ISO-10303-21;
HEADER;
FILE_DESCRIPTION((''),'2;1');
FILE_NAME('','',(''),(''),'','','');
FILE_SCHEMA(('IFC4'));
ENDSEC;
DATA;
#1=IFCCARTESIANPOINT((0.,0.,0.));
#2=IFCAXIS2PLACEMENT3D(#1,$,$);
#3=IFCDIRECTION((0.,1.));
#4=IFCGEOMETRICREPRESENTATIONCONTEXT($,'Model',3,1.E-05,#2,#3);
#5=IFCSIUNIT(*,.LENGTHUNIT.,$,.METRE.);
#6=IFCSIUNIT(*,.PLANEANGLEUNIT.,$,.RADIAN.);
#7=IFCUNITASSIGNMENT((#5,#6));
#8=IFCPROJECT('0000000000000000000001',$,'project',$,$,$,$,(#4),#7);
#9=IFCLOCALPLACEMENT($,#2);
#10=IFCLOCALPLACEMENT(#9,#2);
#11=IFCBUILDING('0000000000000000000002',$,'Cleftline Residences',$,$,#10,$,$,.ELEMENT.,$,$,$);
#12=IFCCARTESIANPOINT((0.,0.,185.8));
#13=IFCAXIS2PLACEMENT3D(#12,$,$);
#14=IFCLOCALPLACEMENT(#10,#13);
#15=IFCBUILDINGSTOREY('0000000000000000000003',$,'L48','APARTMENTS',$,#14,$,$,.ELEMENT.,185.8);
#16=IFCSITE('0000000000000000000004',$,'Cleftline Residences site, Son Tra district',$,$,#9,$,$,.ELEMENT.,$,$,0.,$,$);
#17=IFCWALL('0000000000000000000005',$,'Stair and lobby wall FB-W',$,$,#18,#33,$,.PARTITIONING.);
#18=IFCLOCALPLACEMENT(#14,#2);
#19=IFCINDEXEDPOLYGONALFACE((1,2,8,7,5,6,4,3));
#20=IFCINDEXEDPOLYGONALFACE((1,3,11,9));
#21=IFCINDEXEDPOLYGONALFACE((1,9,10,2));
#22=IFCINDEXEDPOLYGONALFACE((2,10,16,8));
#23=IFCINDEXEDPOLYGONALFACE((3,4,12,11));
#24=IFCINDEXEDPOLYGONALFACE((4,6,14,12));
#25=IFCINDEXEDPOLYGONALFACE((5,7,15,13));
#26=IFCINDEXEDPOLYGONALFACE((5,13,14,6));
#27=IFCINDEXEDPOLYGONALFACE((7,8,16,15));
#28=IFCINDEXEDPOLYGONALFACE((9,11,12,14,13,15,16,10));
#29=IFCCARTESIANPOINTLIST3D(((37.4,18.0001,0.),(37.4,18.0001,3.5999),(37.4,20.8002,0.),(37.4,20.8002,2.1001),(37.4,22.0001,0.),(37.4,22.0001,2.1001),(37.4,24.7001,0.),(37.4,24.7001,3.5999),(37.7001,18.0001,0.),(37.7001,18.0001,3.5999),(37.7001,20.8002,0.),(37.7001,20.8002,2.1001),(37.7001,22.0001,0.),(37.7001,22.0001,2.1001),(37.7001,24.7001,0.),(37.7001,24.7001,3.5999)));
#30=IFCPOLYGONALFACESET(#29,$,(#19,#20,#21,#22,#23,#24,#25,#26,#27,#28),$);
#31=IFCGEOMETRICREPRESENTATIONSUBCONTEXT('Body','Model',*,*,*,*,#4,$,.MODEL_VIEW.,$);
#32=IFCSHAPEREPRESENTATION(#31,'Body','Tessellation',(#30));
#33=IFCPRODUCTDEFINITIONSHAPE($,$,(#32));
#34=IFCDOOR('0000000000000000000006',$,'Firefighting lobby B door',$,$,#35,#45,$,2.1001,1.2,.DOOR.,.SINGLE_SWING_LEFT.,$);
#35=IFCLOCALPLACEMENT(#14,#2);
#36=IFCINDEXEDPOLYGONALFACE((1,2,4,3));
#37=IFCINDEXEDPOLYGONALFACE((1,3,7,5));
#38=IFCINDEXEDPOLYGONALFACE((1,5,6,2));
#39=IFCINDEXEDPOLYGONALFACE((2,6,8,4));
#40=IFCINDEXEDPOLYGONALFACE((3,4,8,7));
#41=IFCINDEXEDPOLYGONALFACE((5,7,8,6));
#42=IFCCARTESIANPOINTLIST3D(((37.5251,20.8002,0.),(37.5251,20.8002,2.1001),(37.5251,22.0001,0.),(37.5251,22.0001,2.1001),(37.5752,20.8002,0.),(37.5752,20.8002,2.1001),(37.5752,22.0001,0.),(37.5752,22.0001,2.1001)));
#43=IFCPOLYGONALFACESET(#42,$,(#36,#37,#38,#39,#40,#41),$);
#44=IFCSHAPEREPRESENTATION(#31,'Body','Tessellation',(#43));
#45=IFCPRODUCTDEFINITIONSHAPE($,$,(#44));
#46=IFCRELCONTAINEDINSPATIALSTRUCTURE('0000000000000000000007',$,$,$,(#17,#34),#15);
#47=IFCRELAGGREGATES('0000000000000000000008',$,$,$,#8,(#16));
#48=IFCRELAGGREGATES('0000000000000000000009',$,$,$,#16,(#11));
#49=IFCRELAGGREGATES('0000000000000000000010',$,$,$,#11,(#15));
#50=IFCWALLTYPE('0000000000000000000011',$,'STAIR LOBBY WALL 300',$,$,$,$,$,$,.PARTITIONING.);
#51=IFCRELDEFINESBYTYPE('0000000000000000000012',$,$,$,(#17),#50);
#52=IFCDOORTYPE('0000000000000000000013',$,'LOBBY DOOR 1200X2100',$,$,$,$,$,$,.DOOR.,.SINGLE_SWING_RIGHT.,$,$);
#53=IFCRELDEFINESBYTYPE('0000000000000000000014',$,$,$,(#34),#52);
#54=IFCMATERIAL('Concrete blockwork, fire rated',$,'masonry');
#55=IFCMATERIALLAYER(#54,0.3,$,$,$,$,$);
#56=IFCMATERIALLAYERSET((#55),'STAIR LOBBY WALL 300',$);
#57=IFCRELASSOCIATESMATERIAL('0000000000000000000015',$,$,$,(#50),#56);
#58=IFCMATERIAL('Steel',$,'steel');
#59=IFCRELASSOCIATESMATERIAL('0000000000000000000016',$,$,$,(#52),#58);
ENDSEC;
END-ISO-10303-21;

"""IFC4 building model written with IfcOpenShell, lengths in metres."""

from ifc_helpers import new_model, si_unit, direction, frame, frame_2d, origin, place, context, subcontext, project, spatial, rectangle, extrude, material, layer, layer_set, type_object, element, fill, save


model = new_model("IFC4")

# Units and contexts
model_context = context("Model", 3, precision=1e-05, world=origin(), true_north=direction((0.0, 1.0)))
body_context = subcontext(model_context, "Body", "Model", "MODEL_VIEW")
ifc_project = project(units=[si_unit("LENGTHUNIT", "METRE"), si_unit("PLANEANGLEUNIT", "RADIAN")], contexts=[model_context])

# Site, building, storey
site_placement = place(None, origin())
site = spatial("IfcSite", under=ifc_project, at=site_placement, Name="Cleftline Residences site, Son Tra district", CompositionType="ELEMENT", RefElevation=0.0)
building_placement = place(site_placement, origin())
building = spatial("IfcBuilding", under=site, at=building_placement, Name="Cleftline Residences", CompositionType="ELEMENT")
storey_placement = place(building_placement, frame((0.0, 0.0, 185.8)))
storey = spatial("IfcBuildingStorey", under=building, at=storey_placement, Name="L48", Description="APARTMENTS", CompositionType="ELEMENT", Elevation=185.8)

# Wall, opening, door
ifc_material_1 = material(Name="Concrete blockwork, fire rated", Category="masonry")
ifc_layer_1 = layer(ifc_material_1, 0.3)
ifc_layer_set_1 = layer_set([ifc_layer_1], Name="STAIR LOBBY WALL 300")
wall_type_1 = type_object("IfcWallType", Name="STAIR LOBBY WALL 300", PredefinedType="PARTITIONING", material=ifc_layer_set_1)
ifc_material_2 = material(Name="Steel", Category="steel")
door_type_1 = type_object("IfcDoorType", Name="LOBBY DOOR 1200X2100", OperationType="SINGLE_SWING_RIGHT", PredefinedType="DOOR", material=ifc_material_2)
wall_1_placement = place(storey_placement, frame((37.55, 18.0, 0.0), z_axis=(0.0, 0.0, 1.0), x_axis=(0.0, 1.0, 0.0)))
wall_1 = element("IfcWall", 1, at=wall_1_placement, inside=storey, type_object=wall_type_1, Name="Stair and lobby wall FB-W", PredefinedType="PARTITIONING", context=body_context, shape_type="SweptSolid", body=[
    extrude(rectangle(XDim=6.7, YDim=0.3, at=frame_2d((3.3501, 0.0))), origin(), (0.0, 0.0, 1.0), 3.5999),
])
opening_1_placement = place(wall_1_placement, frame((2.8, 0.0, 0.0)))
opening_1 = element("IfcOpeningElement", 2, at=opening_1_placement, cuts=wall_1, PredefinedType="OPENING", context=body_context, shape_type="SweptSolid", body=[
    extrude(rectangle(XDim=1.2, YDim=2.1001, at=frame_2d((0.6001, 1.05))), frame((0.0, 0.1599, 0.0), z_axis=(0.0, -1.0, 0.0), x_axis=(1.0, 0.0, 0.0)), (0.0, 0.0, 1.0), 0.3201),
])
door_1_placement = place(opening_1_placement, origin())
door_1 = element("IfcDoor", 3, at=door_1_placement, inside=storey, type_object=door_type_1, Name="Firefighting lobby B door", OperationType="SINGLE_SWING_LEFT", OverallHeight=2.1001, OverallWidth=1.2, PredefinedType="DOOR", context=body_context, shape_type="SweptSolid", body=[
    extrude(rectangle(XDim=1.2, YDim=2.1001, at=frame_2d((0.6001, 1.05))), frame((0.0, 0.0249, 0.0), z_axis=(0.0, -1.0, 0.0), x_axis=(1.0, 0.0, 0.0)), (0.0, 0.0, 1.0), 0.05),
])
fill(opening_1, door_1)

save(model, "model.ifc")
